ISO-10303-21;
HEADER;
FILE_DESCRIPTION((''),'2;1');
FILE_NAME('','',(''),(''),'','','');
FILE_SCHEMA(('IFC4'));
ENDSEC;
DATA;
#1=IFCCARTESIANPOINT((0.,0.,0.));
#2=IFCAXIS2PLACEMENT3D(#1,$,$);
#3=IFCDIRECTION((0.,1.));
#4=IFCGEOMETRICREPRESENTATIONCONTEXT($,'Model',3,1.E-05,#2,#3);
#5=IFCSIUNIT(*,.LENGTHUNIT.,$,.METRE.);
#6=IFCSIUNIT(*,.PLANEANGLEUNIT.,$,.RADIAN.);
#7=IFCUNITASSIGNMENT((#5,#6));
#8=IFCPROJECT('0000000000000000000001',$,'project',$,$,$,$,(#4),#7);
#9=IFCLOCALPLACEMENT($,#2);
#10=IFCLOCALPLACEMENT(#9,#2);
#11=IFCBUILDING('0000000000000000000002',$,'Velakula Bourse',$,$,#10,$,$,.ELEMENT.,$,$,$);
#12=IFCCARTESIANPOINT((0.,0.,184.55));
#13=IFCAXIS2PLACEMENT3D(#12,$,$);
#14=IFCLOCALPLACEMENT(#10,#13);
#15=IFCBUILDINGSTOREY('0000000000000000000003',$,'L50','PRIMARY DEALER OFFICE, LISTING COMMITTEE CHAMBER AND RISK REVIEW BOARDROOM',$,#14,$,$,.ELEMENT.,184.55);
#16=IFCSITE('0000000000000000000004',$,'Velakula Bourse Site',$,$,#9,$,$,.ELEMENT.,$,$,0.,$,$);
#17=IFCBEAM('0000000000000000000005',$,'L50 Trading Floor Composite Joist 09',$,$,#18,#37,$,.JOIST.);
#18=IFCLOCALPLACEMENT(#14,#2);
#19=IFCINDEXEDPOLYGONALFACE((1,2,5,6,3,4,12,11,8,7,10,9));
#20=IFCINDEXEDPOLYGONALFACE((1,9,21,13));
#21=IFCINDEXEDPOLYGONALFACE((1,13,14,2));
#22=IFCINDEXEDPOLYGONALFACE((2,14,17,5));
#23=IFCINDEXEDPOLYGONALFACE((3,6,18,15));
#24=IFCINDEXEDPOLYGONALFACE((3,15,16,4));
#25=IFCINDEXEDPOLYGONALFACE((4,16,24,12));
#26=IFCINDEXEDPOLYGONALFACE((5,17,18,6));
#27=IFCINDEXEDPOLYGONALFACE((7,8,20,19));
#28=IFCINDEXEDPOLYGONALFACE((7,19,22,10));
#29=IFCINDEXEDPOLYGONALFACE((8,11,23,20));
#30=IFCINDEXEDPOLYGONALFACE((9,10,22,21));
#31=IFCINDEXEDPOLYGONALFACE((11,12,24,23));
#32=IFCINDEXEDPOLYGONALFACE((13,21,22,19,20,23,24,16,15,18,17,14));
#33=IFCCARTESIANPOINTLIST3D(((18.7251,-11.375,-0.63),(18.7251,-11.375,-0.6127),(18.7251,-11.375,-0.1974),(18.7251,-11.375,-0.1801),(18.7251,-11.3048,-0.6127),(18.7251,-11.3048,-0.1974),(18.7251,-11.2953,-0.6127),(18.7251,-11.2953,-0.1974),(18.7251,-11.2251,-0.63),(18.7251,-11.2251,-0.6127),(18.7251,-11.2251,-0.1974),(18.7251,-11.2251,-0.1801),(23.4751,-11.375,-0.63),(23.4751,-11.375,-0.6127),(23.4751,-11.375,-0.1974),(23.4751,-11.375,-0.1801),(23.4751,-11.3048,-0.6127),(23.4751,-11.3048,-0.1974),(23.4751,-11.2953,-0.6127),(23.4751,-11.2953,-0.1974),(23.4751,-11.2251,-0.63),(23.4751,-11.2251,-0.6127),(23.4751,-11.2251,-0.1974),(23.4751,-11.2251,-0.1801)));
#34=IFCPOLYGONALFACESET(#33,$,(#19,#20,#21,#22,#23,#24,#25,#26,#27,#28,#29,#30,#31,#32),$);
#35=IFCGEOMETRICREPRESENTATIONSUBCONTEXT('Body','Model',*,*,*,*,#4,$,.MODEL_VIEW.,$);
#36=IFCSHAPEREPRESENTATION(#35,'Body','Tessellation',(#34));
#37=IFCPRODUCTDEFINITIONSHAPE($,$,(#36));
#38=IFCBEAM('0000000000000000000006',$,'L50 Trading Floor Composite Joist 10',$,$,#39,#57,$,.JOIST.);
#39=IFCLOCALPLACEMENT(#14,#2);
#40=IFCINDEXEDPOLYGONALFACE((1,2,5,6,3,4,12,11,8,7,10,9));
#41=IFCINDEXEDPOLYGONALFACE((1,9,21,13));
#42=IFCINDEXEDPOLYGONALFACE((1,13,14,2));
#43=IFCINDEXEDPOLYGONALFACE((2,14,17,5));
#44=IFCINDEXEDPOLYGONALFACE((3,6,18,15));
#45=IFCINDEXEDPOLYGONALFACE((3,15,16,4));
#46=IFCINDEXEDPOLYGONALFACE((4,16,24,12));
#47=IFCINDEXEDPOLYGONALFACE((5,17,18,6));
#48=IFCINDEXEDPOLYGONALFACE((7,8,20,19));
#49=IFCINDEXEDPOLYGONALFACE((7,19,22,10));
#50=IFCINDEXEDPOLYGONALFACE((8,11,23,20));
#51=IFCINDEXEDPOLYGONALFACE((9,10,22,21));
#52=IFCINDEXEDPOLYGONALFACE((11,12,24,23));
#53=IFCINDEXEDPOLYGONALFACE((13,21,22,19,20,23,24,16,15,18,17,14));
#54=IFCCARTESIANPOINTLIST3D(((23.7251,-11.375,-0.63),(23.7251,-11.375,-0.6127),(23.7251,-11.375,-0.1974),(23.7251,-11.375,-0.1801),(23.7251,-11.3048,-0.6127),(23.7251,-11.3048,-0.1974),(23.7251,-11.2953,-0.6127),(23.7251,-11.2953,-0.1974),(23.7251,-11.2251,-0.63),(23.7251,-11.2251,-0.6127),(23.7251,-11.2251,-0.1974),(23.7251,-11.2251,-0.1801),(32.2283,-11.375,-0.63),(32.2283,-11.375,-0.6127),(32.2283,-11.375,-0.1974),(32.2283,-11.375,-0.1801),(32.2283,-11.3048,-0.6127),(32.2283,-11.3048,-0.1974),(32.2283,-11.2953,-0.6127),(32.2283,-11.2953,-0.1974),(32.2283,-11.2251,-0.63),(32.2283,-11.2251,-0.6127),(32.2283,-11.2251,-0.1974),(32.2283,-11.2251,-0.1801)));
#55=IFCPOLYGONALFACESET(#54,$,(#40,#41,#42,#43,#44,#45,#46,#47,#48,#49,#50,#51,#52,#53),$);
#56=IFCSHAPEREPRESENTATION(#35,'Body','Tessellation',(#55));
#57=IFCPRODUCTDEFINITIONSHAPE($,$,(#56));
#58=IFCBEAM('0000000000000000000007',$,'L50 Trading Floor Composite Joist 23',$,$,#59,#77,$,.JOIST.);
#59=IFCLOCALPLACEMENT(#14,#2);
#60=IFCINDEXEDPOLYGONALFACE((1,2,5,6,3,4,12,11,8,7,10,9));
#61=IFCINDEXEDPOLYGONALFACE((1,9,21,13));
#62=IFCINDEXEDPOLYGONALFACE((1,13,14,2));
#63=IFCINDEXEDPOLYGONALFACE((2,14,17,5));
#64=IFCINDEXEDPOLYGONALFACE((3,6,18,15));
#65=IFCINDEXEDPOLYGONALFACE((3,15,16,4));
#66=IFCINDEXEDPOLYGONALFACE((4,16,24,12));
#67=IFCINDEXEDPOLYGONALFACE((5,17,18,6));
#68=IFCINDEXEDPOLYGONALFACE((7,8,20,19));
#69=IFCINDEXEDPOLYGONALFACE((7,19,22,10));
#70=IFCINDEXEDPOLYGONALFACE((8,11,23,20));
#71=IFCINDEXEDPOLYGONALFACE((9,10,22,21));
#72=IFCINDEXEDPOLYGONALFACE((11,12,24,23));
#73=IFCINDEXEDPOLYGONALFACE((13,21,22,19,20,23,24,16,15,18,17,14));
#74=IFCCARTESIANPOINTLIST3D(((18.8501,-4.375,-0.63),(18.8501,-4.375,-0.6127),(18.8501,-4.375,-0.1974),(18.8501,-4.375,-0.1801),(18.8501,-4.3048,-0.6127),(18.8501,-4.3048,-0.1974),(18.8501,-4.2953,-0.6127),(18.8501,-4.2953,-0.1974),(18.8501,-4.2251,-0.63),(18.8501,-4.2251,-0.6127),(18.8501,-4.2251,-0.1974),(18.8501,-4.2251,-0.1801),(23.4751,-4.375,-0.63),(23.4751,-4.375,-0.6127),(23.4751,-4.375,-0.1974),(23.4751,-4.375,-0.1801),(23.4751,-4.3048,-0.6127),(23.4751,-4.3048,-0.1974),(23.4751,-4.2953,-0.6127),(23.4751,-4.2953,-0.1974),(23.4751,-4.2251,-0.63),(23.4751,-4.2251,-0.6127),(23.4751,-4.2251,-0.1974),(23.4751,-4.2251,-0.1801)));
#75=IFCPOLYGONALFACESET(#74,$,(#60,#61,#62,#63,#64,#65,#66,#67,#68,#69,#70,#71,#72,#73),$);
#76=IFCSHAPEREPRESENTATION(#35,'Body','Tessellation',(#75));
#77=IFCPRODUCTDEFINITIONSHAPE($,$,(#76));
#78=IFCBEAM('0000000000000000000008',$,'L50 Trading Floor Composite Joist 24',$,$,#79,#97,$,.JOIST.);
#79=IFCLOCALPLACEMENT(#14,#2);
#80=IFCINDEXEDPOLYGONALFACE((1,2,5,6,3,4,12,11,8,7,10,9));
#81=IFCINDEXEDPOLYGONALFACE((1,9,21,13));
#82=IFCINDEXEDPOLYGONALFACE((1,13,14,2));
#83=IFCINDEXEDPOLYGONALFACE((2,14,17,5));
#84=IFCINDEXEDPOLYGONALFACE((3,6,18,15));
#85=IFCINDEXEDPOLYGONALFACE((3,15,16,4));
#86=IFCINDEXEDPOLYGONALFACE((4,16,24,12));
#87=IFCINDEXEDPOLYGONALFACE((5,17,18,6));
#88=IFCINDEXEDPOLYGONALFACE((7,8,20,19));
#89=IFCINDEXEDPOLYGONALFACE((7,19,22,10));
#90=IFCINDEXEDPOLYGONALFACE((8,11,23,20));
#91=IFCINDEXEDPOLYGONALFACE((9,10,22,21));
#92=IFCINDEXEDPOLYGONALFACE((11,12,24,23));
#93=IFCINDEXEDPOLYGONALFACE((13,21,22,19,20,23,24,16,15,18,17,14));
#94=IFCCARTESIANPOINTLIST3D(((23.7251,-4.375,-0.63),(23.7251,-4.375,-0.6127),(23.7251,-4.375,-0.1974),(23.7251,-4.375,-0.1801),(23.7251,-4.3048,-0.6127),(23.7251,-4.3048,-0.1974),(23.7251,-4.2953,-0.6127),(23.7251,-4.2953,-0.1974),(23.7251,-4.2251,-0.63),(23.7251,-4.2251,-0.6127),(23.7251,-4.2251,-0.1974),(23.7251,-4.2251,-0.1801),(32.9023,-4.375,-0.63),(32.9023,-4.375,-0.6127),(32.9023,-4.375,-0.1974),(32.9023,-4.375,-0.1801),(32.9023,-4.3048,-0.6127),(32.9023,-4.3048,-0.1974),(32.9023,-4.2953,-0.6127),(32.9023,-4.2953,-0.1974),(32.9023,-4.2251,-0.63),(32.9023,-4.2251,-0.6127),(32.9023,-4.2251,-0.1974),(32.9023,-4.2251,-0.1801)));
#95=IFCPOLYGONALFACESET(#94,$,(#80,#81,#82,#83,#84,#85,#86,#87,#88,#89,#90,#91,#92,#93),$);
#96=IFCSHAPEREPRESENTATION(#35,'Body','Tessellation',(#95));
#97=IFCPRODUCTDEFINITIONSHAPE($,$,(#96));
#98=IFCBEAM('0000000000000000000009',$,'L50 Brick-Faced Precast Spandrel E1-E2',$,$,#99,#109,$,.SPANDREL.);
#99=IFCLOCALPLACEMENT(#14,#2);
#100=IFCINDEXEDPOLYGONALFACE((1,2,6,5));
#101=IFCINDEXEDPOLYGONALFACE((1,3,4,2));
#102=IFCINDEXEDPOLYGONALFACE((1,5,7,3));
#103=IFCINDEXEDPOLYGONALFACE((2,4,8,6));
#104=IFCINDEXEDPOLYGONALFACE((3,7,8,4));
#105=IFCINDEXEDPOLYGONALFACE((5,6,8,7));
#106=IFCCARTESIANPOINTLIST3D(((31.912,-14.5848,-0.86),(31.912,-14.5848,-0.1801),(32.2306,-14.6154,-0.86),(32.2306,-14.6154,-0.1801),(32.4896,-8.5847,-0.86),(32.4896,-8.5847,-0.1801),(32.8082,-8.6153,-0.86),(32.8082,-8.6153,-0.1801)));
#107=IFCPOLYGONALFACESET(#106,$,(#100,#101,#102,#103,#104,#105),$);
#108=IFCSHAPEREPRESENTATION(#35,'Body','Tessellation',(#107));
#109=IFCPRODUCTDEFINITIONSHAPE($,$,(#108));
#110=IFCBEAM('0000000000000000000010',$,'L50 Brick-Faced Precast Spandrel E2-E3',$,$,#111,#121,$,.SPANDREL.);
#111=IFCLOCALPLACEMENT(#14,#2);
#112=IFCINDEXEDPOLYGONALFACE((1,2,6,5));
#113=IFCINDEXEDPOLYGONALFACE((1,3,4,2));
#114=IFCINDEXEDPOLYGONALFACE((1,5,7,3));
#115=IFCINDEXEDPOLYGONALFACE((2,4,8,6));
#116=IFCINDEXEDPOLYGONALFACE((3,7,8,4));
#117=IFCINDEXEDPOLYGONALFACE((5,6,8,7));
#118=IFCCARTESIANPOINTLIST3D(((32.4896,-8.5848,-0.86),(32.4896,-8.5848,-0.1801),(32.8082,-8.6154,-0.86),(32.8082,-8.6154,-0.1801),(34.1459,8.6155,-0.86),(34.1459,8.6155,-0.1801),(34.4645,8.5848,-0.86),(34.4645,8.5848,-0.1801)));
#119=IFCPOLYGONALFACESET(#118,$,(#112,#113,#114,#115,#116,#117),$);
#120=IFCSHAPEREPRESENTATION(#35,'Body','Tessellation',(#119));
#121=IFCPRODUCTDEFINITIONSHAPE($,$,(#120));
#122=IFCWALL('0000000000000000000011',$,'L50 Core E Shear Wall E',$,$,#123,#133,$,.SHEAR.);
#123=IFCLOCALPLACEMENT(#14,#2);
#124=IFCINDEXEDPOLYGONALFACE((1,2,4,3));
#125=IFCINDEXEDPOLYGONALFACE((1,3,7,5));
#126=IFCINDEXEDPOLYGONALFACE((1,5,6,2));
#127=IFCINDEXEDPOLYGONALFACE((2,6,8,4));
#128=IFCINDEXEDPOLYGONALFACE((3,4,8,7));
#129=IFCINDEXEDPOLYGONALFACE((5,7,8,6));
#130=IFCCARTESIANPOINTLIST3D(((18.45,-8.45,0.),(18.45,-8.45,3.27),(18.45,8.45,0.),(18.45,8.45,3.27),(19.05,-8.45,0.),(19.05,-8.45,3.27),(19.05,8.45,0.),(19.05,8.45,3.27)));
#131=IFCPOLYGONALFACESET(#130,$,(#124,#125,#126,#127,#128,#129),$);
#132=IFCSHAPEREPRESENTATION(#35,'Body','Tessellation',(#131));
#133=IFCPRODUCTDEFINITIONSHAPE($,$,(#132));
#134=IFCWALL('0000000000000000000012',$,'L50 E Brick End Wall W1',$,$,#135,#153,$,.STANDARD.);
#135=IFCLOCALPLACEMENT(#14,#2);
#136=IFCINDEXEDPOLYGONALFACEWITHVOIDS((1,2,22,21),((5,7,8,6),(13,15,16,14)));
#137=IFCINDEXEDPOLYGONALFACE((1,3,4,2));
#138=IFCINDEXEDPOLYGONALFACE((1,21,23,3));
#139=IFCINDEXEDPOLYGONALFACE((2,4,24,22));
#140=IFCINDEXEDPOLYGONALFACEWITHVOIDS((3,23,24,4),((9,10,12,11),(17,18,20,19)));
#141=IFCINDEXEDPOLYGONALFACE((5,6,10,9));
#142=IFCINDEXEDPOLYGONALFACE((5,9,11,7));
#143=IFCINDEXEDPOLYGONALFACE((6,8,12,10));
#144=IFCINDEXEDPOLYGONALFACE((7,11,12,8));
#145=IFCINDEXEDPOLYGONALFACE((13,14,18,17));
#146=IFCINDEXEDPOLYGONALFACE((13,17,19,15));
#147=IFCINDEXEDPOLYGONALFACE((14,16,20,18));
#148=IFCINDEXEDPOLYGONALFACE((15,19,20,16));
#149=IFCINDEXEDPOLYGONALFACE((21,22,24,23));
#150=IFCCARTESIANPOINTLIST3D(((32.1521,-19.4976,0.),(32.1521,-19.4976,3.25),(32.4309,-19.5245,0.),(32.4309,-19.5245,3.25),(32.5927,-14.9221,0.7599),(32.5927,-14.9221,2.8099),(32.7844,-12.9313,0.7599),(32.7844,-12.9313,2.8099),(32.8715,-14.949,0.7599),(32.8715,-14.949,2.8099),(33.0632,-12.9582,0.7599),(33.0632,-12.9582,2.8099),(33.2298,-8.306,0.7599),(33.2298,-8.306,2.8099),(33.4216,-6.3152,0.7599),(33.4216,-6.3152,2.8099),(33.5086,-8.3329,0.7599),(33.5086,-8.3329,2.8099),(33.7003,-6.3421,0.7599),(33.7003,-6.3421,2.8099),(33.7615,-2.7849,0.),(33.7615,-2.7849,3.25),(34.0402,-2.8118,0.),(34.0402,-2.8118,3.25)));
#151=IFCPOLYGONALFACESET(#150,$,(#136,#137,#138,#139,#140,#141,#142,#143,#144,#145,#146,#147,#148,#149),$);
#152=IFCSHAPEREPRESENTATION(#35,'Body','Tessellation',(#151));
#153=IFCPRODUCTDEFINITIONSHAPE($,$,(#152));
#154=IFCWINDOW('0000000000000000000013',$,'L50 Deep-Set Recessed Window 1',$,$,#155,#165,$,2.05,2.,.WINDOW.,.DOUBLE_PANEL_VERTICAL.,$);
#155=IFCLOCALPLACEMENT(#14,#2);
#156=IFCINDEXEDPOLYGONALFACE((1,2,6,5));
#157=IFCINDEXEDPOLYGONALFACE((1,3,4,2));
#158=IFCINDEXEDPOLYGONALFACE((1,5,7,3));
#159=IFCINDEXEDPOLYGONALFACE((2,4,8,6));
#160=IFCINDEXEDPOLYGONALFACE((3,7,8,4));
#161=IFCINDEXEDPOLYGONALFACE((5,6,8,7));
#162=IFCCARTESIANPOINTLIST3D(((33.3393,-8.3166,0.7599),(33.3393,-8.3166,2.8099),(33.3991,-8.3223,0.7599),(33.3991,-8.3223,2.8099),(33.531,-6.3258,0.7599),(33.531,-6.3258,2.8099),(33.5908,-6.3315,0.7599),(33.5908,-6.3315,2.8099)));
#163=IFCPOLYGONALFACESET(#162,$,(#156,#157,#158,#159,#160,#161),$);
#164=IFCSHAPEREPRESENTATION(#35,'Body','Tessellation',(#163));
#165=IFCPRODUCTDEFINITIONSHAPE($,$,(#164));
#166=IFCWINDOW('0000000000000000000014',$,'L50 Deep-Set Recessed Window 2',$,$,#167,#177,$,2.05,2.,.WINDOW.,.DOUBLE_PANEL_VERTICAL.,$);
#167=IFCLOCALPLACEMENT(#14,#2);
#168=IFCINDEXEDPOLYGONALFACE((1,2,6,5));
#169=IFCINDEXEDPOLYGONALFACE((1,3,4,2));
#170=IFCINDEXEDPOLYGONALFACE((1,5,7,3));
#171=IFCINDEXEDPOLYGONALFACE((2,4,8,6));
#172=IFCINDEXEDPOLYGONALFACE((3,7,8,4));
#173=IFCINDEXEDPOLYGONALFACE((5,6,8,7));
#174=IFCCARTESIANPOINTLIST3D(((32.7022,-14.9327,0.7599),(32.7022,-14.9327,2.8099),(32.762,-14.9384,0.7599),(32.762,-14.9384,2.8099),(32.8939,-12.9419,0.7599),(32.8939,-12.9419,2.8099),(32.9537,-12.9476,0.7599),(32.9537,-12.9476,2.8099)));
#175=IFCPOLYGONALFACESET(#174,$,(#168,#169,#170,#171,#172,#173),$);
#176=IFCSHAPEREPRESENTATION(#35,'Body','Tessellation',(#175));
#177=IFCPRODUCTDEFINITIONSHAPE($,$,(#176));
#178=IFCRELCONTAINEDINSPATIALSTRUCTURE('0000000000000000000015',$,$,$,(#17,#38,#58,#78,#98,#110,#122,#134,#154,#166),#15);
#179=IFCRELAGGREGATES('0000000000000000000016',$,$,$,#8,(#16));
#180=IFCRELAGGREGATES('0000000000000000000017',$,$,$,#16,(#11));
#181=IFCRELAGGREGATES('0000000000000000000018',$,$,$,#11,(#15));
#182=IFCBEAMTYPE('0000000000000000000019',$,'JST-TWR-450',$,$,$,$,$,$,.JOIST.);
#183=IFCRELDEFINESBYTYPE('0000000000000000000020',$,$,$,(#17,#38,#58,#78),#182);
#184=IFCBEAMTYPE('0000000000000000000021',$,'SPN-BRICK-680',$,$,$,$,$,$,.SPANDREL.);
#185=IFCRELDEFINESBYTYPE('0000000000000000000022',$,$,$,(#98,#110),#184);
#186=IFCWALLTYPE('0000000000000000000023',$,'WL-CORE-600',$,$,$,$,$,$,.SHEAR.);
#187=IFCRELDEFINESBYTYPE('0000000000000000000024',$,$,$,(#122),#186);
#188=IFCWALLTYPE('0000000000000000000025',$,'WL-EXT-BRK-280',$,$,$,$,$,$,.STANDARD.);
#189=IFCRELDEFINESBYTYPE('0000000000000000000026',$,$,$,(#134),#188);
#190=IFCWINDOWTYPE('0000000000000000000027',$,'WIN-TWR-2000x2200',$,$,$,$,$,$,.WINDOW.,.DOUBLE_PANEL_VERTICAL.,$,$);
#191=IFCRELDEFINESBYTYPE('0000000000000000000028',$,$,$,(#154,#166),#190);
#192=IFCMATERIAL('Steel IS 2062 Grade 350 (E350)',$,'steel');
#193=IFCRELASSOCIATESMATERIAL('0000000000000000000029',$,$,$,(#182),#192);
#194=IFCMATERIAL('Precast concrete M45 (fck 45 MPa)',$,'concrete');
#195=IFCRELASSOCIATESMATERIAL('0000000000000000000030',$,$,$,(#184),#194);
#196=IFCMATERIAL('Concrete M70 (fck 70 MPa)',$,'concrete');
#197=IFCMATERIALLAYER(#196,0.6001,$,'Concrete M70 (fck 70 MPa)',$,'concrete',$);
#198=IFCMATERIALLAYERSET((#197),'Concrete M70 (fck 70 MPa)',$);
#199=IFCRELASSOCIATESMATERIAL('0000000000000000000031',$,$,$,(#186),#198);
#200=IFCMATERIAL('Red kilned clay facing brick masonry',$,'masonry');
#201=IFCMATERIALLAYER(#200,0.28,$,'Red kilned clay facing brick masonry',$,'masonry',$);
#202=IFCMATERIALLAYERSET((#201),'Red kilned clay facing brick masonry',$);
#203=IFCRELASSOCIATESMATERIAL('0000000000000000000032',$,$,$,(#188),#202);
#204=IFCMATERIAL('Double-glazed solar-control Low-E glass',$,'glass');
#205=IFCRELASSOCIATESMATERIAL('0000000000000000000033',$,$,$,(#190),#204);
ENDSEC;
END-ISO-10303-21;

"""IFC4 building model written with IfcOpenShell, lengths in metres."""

from ifc_helpers import new_model, si_unit, direction, frame, frame_2d, origin, origin_2d, place, context, subcontext, project, spatial, rectangle, i_section, extrude, material, layer, layer_set, material_profile, profile_set, type_object, element, fill, save


model = new_model("IFC4")

# Units and contexts
model_context = context("Model", 3, precision=1e-05, world=origin(), true_north=direction((0.0, 1.0)))
body_context = subcontext(model_context, "Body", "Model", "MODEL_VIEW")
ifc_project = project(units=[si_unit("LENGTHUNIT", "METRE"), si_unit("PLANEANGLEUNIT", "RADIAN")], contexts=[model_context])

# Site, building, storey
site_placement = place(None, origin())
site = spatial("IfcSite", under=ifc_project, at=site_placement, Name="Velakula Bourse Site", CompositionType="ELEMENT", RefElevation=0.0)
building_placement = place(site_placement, origin())
building = spatial("IfcBuilding", under=site, at=building_placement, Name="Velakula Bourse", CompositionType="ELEMENT")
storey_placement = place(building_placement, frame((0.0, 0.0, 184.55)))
storey = spatial("IfcBuildingStorey", under=building, at=storey_placement, Name="L50", Description="PRIMARY DEALER OFFICE, LISTING COMMITTEE CHAMBER AND RISK REVIEW BOARDROOM", CompositionType="ELEMENT", Elevation=184.55)

# Shared definitions
ifc_material_1 = material(Name="Concrete M70 (fck 70 MPa)", Category="concrete")
ifc_material_2 = material(Name="Steel IS 2062 Grade 350 (E350)", Category="steel")

# Beams
ifc_material_profile_1 = material_profile(ifc_material_2, i_section(OverallWidth=0.1499, OverallDepth=0.45, WebThickness=0.0095, FlangeThickness=0.0173, at=origin_2d()), Name="Steel IS 2062 Grade 350 (E350)")
ifc_profile_set_1 = profile_set([ifc_material_profile_1], Name="Steel IS 2062 Grade 350 (E350)")
beam_type_1 = type_object("IfcBeamType", Name="JST-TWR-450", PredefinedType="JOIST", material=ifc_profile_set_1)
beam_1_placement = place(storey_placement, frame((18.7251, -11.3, -0.405), z_axis=(1.0, 0.0, 0.0), x_axis=(0.0, 1.0, 0.0)))
element("IfcBeam", 1, at=beam_1_placement, inside=storey, type_object=beam_type_1, Name="L50 Trading Floor Composite Joist 09", PredefinedType="JOIST", context=body_context, shape_type="SweptSolid", body=[
    extrude(i_section(OverallWidth=0.1499, OverallDepth=0.45, WebThickness=0.0095, FlangeThickness=0.0173, at=origin_2d()), origin(), (0.0, 0.0, 1.0), 4.75),
])
beam_2_placement = place(storey_placement, frame((23.7251, -11.3, -0.405), z_axis=(1.0, 0.0, 0.0), x_axis=(0.0, 1.0, 0.0)))
element("IfcBeam", 2, at=beam_2_placement, inside=storey, type_object=beam_type_1, Name="L50 Trading Floor Composite Joist 10", PredefinedType="JOIST", context=body_context, shape_type="SweptSolid", body=[
    extrude(i_section(OverallWidth=0.1499, OverallDepth=0.45, WebThickness=0.0095, FlangeThickness=0.0173, at=origin_2d()), origin(), (0.0, 0.0, 1.0), 8.5032),
])
beam_3_placement = place(storey_placement, frame((18.8501, -4.3, -0.405), z_axis=(1.0, 0.0, 0.0), x_axis=(0.0, 1.0, 0.0)))
element("IfcBeam", 3, at=beam_3_placement, inside=storey, type_object=beam_type_1, Name="L50 Trading Floor Composite Joist 23", PredefinedType="JOIST", context=body_context, shape_type="SweptSolid", body=[
    extrude(i_section(OverallWidth=0.1499, OverallDepth=0.45, WebThickness=0.0095, FlangeThickness=0.0173, at=origin_2d()), origin(), (0.0, 0.0, 1.0), 4.625),
])
beam_4_placement = place(storey_placement, frame((23.7251, -4.3, -0.405), z_axis=(1.0, 0.0, 0.0), x_axis=(0.0, 1.0, 0.0)))
element("IfcBeam", 4, at=beam_4_placement, inside=storey, type_object=beam_type_1, Name="L50 Trading Floor Composite Joist 24", PredefinedType="JOIST", context=body_context, shape_type="SweptSolid", body=[
    extrude(i_section(OverallWidth=0.1499, OverallDepth=0.45, WebThickness=0.0095, FlangeThickness=0.0173, at=origin_2d()), origin(), (0.0, 0.0, 1.0), 9.1772),
])
ifc_material_3 = material(Name="Precast concrete M45 (fck 45 MPa)", Category="concrete")
ifc_material_profile_2 = material_profile(ifc_material_3, rectangle(XDim=0.3201, YDim=0.6799, at=origin_2d()), Name="Precast concrete M45 (fck 45 MPa)")
ifc_profile_set_2 = profile_set([ifc_material_profile_2], Name="Precast concrete M45 (fck 45 MPa)")
beam_type_2 = type_object("IfcBeamType", Name="SPN-BRICK-680", PredefinedType="SPANDREL", material=ifc_profile_set_2)
beam_5_placement = place(storey_placement, frame((32.0713, -14.6001, -0.52), z_axis=(0.09583, 0.995398, 0.0), x_axis=(-0.995398, 0.09583, 0.0)))
element("IfcBeam", 5, at=beam_5_placement, inside=storey, type_object=beam_type_2, Name="L50 Brick-Faced Precast Spandrel E1-E2", PredefinedType="SPANDREL", context=body_context, shape_type="SweptSolid", body=[
    extrude(rectangle(XDim=0.3201, YDim=0.6799, at=origin_2d()), origin(), (0.0, 0.0, 1.0), 6.0278),
])
beam_6_placement = place(storey_placement, frame((32.6489, -8.6001, -0.52), z_axis=(0.095849, 0.995396, 0.0), x_axis=(-0.995396, 0.095849, 0.0)))
element("IfcBeam", 6, at=beam_6_placement, inside=storey, type_object=beam_type_2, Name="L50 Brick-Faced Precast Spandrel E2-E3", PredefinedType="SPANDREL", context=body_context, shape_type="SweptSolid", body=[
    extrude(rectangle(XDim=0.3201, YDim=0.6799, at=origin_2d()), origin(), (0.0, 0.0, 1.0), 17.2798),
])

# Wall
ifc_layer_1 = layer(ifc_material_1, 0.6001, Name="Concrete M70 (fck 70 MPa)", Category="concrete")
ifc_layer_set_1 = layer_set([ifc_layer_1], Name="Concrete M70 (fck 70 MPa)")
wall_type_1 = type_object("IfcWallType", Name="WL-CORE-600", PredefinedType="SHEAR", material=ifc_layer_set_1)
wall_1_placement = place(storey_placement, frame((18.75, -8.45, 0.0), z_axis=(0.0, 0.0, 1.0), x_axis=(0.0, 1.0, 0.0)))
element("IfcWall", 7, at=wall_1_placement, inside=storey, type_object=wall_type_1, Name="L50 Core E Shear Wall E", PredefinedType="SHEAR", context=body_context, shape_type="SweptSolid", body=[
    extrude(rectangle(XDim=16.8999, YDim=0.6001, at=frame_2d((8.45, 0.0))), origin(), (0.0, 0.0, 1.0), 3.27),
])

# Wall, openings, windows
ifc_material_4 = material(Name="Red kilned clay facing brick masonry", Category="masonry")
ifc_layer_2 = layer(ifc_material_4, 0.28, Name="Red kilned clay facing brick masonry", Category="masonry")
ifc_layer_set_2 = layer_set([ifc_layer_2], Name="Red kilned clay facing brick masonry")
wall_type_2 = type_object("IfcWallType", Name="WL-EXT-BRK-280", PredefinedType="STANDARD", material=ifc_layer_set_2)
wall_2_placement = place(storey_placement, frame((33.9009, -2.7983, 0.0), z_axis=(0.0, 0.0, 1.0), x_axis=(-0.095853, -0.995395, 0.0)))
wall_2 = element("IfcWall", 8, at=wall_2_placement, inside=storey, type_object=wall_type_2, Name="L50 E Brick End Wall W1", PredefinedType="STANDARD", context=body_context, shape_type="SweptSolid", body=[
    extrude(rectangle(XDim=16.79, YDim=0.28, at=frame_2d((8.395, 0.0))), origin(), (0.0, 0.0, 1.0), 3.25),
])
opening_1_placement = place(wall_2_placement, frame((3.5466, 0.0, 0.76)))
opening_1 = element("IfcOpeningElement", 9, at=opening_1_placement, cuts=wall_2, PredefinedType="OPENING", context=body_context, shape_type="SweptSolid", body=[
    extrude(rectangle(XDim=2.0, YDim=2.05, at=frame_2d((1.0, 1.0249))), frame((0.0, 0.1499, 0.0), z_axis=(0.0, -1.0, 0.0), x_axis=(1.0, 0.0, 0.0)), (0.0, 0.0, 1.0), 0.3),
])
opening_2_placement = place(wall_2_placement, frame((10.1934, 0.0, 0.76)))
opening_2 = element("IfcOpeningElement", 10, at=opening_2_placement, cuts=wall_2, PredefinedType="OPENING", context=body_context, shape_type="SweptSolid", body=[
    extrude(rectangle(XDim=2.0, YDim=2.05, at=frame_2d((1.0, 1.0249))), frame((0.0, 0.1499, 0.0), z_axis=(0.0, -1.0, 0.0), x_axis=(1.0, 0.0, 0.0)), (0.0, 0.0, 1.0), 0.3),
])
ifc_material_5 = material(Name="Double-glazed solar-control Low-E glass", Category="glass")
window_type = type_object("IfcWindowType", Name="WIN-TWR-2000x2200", PartitioningType="DOUBLE_PANEL_VERTICAL", PredefinedType="WINDOW", material=ifc_material_5)
window_1_placement = place(opening_1_placement, origin())
window_1 = element("IfcWindow", 11, at=window_1_placement, inside=storey, type_object=window_type, Name="L50 Deep-Set Recessed Window 1", OverallHeight=2.05, OverallWidth=2.0, PartitioningType="DOUBLE_PANEL_VERTICAL", PredefinedType="WINDOW", context=body_context, shape_type="SweptSolid", body=[
    extrude(rectangle(XDim=2.0, YDim=2.05, at=frame_2d((1.0, 1.0249))), frame((0.0, 0.03, 0.0), z_axis=(0.0, -1.0, 0.0), x_axis=(1.0, 0.0, 0.0)), (0.0, 0.0, 1.0), 0.0601),
])
fill(opening_1, window_1)
window_2_placement = place(opening_2_placement, origin())
window_2 = element("IfcWindow", 12, at=window_2_placement, inside=storey, type_object=window_type, Name="L50 Deep-Set Recessed Window 2", OverallHeight=2.05, OverallWidth=2.0, PartitioningType="DOUBLE_PANEL_VERTICAL", PredefinedType="WINDOW", context=body_context, shape_type="SweptSolid", body=[
    extrude(rectangle(XDim=2.0, YDim=2.05, at=frame_2d((1.0, 1.0249))), frame((0.0, 0.03, 0.0), z_axis=(0.0, -1.0, 0.0), x_axis=(1.0, 0.0, 0.0)), (0.0, 0.0, 1.0), 0.0601),
])
fill(opening_2, window_2)

save(model, "model.ifc")
